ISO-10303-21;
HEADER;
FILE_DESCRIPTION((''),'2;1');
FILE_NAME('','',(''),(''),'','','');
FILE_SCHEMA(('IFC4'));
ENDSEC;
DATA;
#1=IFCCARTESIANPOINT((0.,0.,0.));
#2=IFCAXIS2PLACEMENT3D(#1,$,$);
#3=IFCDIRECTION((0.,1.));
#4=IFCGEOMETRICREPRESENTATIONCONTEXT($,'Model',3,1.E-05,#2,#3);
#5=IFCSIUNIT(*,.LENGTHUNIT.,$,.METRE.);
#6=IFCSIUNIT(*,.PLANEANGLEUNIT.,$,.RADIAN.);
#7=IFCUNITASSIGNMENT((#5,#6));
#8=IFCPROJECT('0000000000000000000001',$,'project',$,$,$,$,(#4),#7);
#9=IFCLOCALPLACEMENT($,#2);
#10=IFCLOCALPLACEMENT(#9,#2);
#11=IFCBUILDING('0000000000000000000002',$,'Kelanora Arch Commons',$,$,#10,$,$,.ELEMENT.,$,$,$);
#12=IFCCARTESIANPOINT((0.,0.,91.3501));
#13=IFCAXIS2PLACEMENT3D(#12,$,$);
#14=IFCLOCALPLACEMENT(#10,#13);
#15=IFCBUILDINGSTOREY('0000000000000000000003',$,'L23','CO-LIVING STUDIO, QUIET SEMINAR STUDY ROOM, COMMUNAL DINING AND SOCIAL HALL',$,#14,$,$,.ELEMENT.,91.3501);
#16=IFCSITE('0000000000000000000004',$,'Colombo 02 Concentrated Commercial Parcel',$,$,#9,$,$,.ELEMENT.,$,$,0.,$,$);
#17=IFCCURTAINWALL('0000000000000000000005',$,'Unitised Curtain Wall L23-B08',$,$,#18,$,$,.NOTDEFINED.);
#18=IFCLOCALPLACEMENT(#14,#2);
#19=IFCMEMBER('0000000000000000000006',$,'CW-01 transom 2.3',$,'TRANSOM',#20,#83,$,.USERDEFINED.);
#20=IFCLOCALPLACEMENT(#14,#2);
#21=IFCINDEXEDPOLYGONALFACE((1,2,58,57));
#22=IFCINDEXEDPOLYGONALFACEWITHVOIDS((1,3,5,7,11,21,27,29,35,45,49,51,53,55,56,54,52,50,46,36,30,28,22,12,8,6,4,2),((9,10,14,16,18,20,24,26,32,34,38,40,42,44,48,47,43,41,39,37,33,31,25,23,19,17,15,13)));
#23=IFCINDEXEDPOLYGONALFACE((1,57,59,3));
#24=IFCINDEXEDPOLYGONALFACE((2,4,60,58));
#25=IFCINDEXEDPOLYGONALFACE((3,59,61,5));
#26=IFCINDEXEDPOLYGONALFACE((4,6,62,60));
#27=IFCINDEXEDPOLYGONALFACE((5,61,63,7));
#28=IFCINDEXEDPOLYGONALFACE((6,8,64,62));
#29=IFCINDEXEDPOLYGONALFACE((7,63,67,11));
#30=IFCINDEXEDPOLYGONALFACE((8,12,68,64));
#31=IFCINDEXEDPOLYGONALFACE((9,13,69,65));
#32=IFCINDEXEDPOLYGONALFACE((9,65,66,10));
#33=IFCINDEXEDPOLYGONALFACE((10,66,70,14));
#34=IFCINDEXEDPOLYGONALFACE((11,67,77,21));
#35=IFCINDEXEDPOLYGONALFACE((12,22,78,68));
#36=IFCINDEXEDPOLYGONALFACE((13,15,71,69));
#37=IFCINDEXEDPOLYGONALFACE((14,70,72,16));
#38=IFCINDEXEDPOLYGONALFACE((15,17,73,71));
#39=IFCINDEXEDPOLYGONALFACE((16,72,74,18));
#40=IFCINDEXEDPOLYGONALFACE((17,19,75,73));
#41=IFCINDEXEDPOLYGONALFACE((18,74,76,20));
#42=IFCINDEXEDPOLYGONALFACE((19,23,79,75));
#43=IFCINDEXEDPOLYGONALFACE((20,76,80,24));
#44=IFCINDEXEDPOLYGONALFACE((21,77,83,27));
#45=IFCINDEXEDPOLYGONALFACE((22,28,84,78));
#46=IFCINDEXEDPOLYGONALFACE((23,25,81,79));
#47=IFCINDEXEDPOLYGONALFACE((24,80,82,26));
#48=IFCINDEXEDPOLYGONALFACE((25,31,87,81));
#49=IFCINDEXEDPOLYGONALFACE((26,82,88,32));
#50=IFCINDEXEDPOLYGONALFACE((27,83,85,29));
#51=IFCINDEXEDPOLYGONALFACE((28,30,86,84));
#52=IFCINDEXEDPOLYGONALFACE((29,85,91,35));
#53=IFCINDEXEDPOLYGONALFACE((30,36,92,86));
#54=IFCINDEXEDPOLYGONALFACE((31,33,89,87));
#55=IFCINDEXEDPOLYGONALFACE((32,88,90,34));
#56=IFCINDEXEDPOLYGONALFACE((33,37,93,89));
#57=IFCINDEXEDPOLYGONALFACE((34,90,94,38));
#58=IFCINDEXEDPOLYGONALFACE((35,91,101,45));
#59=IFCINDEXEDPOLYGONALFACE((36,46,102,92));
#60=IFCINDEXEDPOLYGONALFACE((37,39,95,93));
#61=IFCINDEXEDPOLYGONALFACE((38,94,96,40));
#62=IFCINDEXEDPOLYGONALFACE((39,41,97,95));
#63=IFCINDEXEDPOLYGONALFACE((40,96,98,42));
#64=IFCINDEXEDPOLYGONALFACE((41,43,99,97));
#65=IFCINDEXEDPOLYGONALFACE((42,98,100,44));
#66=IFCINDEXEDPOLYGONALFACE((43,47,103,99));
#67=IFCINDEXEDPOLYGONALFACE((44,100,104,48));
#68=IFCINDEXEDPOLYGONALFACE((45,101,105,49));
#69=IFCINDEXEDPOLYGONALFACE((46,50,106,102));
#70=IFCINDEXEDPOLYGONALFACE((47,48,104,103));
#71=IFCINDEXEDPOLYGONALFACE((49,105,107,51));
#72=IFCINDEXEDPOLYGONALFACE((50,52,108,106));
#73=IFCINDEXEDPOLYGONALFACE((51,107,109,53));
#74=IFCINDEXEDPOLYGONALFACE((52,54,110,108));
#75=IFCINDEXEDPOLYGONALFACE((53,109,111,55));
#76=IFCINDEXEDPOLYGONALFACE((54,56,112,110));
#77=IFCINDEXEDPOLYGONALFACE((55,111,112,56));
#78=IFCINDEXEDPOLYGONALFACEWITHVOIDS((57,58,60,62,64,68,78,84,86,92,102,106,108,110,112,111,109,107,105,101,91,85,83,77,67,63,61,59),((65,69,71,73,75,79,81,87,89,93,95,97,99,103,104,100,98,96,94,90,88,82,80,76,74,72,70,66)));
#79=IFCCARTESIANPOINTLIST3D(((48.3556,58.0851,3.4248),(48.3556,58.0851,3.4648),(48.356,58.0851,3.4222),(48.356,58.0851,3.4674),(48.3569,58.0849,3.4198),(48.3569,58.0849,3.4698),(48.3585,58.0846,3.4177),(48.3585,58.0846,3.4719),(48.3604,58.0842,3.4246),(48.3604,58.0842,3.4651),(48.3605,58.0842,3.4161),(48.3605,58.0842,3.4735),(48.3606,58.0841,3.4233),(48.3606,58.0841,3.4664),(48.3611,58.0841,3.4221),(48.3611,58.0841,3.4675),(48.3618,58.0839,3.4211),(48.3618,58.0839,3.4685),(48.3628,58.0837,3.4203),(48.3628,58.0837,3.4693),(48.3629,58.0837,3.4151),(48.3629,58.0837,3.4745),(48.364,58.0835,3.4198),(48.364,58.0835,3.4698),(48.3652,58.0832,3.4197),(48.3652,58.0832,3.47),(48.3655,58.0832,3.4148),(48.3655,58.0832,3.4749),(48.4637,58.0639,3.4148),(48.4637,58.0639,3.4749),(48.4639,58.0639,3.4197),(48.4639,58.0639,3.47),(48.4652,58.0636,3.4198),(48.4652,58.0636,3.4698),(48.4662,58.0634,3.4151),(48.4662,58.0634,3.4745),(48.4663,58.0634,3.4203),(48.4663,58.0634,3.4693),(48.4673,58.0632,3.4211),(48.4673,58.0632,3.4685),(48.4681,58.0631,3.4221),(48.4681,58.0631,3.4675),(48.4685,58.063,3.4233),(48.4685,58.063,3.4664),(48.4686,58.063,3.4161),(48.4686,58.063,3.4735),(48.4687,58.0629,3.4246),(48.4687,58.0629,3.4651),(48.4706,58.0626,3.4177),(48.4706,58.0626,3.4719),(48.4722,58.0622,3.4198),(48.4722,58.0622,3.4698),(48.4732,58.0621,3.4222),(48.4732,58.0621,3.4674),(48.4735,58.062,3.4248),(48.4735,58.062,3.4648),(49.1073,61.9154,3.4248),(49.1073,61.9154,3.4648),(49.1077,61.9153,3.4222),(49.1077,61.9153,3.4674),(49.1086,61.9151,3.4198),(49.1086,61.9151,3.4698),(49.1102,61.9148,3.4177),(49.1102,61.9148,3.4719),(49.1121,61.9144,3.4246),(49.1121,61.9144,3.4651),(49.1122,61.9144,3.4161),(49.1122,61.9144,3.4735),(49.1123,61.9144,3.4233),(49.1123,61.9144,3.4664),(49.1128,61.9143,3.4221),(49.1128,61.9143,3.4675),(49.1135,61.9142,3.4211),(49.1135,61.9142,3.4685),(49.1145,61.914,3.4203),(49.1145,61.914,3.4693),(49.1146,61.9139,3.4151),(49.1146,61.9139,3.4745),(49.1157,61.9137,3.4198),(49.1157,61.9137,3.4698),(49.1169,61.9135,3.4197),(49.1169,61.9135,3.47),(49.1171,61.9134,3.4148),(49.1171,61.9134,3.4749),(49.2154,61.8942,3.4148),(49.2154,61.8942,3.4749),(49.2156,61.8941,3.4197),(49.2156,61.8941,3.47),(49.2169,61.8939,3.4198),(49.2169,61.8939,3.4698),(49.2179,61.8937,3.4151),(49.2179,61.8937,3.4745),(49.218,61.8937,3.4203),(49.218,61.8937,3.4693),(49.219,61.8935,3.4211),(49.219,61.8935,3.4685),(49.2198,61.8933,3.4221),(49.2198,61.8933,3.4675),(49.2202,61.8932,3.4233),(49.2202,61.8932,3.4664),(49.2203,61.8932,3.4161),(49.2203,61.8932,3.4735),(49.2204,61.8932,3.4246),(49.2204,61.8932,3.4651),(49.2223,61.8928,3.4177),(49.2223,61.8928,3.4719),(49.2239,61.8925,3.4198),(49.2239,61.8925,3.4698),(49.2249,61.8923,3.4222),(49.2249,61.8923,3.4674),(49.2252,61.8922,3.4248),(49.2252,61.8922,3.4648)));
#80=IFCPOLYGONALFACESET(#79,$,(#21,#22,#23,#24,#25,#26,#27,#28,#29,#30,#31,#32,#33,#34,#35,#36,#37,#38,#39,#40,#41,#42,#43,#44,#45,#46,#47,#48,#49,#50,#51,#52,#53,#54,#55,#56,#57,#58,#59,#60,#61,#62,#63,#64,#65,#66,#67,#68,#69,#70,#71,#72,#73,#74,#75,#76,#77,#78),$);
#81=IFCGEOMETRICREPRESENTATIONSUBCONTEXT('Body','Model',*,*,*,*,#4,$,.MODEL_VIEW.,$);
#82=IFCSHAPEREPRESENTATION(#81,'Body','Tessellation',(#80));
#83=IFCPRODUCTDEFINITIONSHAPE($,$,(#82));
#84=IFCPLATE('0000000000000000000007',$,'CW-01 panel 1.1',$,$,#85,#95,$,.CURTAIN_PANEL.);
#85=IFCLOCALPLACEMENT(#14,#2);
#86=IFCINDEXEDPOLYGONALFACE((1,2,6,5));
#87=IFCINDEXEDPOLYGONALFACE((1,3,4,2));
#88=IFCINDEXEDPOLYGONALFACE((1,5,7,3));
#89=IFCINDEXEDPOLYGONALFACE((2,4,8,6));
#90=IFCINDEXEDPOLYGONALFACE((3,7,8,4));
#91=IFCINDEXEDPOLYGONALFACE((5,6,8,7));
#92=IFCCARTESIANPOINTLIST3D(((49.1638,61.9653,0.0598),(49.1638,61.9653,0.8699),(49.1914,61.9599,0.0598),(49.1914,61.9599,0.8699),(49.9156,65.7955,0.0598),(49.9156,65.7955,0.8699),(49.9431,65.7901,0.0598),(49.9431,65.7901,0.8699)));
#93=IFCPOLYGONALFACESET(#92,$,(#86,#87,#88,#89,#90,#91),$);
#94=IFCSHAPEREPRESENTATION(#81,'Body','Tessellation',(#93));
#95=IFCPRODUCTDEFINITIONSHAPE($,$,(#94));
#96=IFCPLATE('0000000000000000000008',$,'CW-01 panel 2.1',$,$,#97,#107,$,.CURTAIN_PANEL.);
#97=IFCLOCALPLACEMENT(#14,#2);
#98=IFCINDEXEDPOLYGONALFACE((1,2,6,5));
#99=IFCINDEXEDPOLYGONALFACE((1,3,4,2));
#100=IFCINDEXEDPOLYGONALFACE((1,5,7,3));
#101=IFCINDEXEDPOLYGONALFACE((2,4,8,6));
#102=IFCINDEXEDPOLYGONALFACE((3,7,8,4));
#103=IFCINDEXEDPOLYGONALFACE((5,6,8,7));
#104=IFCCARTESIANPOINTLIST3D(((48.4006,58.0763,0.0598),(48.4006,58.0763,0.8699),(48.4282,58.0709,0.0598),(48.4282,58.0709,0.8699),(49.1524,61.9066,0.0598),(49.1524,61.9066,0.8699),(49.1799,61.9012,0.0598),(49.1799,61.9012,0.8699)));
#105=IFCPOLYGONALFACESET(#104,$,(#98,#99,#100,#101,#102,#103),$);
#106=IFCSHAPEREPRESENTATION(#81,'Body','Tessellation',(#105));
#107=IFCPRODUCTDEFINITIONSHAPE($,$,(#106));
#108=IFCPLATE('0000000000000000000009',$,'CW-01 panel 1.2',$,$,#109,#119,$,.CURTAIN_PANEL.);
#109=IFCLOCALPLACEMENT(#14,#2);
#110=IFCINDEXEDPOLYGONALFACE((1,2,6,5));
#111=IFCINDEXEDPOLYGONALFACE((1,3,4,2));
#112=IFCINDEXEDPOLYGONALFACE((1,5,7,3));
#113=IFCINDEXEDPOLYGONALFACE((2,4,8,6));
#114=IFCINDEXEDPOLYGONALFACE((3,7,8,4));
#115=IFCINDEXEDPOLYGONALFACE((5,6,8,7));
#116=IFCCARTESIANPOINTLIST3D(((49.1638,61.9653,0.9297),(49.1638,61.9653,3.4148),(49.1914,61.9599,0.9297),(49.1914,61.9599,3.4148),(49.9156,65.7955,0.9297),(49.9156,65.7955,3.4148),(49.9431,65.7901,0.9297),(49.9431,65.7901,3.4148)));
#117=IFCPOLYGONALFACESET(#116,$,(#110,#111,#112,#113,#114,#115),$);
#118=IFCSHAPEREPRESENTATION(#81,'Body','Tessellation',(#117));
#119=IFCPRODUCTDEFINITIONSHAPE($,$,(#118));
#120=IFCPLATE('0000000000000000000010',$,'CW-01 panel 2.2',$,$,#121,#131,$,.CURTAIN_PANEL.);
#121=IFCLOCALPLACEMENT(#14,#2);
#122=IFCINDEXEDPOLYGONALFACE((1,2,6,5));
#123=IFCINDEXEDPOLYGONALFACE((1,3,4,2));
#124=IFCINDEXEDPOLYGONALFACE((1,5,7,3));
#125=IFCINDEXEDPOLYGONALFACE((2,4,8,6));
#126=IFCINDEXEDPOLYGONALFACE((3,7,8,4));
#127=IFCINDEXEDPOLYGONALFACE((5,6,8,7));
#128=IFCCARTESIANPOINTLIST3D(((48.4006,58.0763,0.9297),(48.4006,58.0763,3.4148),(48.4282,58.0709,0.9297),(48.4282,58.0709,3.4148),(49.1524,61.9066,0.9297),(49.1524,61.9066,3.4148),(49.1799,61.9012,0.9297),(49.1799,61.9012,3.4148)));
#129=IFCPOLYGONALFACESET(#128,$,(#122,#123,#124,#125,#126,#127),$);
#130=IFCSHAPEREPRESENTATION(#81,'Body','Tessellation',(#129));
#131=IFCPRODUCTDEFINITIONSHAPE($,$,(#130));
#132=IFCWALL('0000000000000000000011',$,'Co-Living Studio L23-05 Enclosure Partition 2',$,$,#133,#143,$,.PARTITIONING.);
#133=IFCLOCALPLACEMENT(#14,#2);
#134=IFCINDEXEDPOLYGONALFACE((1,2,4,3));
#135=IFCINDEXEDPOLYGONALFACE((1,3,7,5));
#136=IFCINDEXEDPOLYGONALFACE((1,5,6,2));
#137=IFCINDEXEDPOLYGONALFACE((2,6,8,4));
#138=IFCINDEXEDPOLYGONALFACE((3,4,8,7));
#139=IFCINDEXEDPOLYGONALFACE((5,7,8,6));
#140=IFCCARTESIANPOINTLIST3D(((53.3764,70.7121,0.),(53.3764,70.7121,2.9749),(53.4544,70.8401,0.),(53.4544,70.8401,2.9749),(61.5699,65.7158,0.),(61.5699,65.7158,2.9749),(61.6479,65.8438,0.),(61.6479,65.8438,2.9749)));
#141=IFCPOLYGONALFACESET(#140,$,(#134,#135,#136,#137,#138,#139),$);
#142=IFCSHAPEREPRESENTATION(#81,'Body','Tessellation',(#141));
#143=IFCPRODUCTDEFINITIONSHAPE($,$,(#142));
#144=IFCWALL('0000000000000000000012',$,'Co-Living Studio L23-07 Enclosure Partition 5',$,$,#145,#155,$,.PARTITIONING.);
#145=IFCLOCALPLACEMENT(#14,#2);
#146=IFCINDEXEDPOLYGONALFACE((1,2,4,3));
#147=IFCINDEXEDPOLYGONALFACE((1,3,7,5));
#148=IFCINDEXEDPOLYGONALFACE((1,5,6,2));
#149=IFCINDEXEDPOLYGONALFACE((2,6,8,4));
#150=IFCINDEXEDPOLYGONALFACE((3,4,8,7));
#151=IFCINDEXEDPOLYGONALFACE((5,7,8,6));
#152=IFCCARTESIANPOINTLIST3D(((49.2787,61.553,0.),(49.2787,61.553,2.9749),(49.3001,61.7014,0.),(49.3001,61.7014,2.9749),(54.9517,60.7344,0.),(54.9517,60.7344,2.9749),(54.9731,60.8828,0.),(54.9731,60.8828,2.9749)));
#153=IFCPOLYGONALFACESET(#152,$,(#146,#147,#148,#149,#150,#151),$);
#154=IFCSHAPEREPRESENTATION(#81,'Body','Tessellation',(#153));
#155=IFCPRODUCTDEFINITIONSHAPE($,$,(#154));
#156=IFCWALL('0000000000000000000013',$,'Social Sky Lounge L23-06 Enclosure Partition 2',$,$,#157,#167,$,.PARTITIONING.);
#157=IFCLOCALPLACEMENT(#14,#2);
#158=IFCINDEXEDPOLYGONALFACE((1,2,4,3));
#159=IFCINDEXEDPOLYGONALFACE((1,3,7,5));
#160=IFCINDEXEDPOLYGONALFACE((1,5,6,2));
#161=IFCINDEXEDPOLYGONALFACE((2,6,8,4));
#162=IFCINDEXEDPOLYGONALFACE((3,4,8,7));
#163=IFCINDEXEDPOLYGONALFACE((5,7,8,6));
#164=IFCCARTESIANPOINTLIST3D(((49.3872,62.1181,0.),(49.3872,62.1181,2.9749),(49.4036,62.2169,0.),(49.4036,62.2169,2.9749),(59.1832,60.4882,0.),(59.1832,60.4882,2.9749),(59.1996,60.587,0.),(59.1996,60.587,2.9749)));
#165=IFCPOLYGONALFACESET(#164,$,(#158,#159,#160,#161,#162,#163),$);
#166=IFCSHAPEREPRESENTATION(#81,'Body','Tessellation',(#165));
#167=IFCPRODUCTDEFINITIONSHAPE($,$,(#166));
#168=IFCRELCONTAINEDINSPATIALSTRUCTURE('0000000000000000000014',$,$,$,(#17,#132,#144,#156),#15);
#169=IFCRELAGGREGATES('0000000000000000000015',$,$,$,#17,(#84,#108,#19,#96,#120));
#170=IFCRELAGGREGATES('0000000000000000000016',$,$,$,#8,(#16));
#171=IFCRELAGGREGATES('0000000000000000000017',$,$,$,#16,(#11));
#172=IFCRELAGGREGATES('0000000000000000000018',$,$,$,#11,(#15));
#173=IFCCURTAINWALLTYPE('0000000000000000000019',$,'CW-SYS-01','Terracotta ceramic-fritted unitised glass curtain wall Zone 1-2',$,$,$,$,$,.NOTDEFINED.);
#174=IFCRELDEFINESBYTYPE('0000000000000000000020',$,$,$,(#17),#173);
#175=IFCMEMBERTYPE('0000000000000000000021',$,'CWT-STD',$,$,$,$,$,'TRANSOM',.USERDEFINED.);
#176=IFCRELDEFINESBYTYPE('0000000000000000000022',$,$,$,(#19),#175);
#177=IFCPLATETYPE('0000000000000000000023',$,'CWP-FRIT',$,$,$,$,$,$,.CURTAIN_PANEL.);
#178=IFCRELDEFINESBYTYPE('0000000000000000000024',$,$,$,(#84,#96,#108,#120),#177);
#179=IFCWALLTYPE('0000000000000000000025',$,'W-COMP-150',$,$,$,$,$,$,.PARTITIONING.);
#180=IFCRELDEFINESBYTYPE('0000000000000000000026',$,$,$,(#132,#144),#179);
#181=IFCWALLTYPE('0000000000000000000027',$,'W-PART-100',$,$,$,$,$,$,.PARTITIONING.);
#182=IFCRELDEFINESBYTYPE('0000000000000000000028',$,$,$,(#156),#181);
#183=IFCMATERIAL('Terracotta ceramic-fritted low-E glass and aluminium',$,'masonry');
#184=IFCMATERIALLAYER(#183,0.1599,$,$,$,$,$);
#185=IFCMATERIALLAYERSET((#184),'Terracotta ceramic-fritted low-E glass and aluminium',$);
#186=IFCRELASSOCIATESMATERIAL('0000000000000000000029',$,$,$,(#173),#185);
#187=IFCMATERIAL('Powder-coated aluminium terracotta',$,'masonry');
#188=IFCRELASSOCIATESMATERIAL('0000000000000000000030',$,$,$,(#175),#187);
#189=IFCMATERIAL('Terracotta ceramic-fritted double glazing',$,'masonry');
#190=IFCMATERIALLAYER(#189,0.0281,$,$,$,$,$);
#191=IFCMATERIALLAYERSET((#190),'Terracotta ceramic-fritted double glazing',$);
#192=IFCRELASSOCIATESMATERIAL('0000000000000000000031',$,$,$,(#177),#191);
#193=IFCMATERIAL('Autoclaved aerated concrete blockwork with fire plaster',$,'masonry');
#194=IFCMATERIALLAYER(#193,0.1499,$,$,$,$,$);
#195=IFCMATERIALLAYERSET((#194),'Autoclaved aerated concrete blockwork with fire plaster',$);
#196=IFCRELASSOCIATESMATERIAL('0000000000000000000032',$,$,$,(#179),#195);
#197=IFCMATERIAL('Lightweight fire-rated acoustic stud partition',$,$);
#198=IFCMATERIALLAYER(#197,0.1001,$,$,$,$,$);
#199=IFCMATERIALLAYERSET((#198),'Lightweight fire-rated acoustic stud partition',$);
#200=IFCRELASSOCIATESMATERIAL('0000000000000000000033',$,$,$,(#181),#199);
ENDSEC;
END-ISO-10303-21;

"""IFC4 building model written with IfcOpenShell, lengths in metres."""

from ifc_helpers import new_model, si_unit, direction, frame, frame_2d, origin, origin_2d, place, context, subcontext, project, spatial, rectangle, hollow_rectangle, extrude, source, transform, mapped, material, layer, layer_set, material_profile, profile_set, type_object, element, aggregate, save


model = new_model("IFC4")

# Units and contexts
model_context = context("Model", 3, precision=1e-05, world=origin(), true_north=direction((0.0, 1.0)))
body_context = subcontext(model_context, "Body", "Model", "MODEL_VIEW")
ifc_project = project(units=[si_unit("LENGTHUNIT", "METRE"), si_unit("PLANEANGLEUNIT", "RADIAN")], contexts=[model_context])

# Site, building, storey
site_placement = place(None, origin())
site = spatial("IfcSite", under=ifc_project, at=site_placement, Name="Colombo 02 Concentrated Commercial Parcel", CompositionType="ELEMENT", RefElevation=0.0)
building_placement = place(site_placement, origin())
building = spatial("IfcBuilding", under=site, at=building_placement, Name="Kelanora Arch Commons", CompositionType="ELEMENT")
storey_placement = place(building_placement, frame((0.0, 0.0, 91.3501)))
storey = spatial("IfcBuildingStorey", under=building, at=storey_placement, Name="L23", Description="CO-LIVING STUDIO, QUIET SEMINAR STUDY ROOM, COMMUNAL DINING AND SOCIAL HALL", CompositionType="ELEMENT", Elevation=91.3501)

# Curtain wall, member, plates
ifc_material_1 = material(Name="Terracotta ceramic-fritted low-E glass and aluminium", Category="masonry")
ifc_layer_1 = layer(ifc_material_1, 0.1599)
ifc_layer_set_1 = layer_set([ifc_layer_1], Name="Terracotta ceramic-fritted low-E glass and aluminium")
curtain_wall_type = type_object("IfcCurtainWallType", Name="CW-SYS-01", Description="Terracotta ceramic-fritted unitised glass curtain wall Zone 1-2", PredefinedType="NOTDEFINED", material=ifc_layer_set_1)
curtain_wall_placement = place(storey_placement, origin())
curtain_wall = element("IfcCurtainWall", 1, at=curtain_wall_placement, inside=storey, type_object=curtain_wall_type, Name="Unitised Curtain Wall L23-B08", PredefinedType="NOTDEFINED")
ifc_material_2 = material(Name="Powder-coated aluminium terracotta", Category="masonry")
ifc_material_profile_1 = material_profile(ifc_material_2, hollow_rectangle(XDim=0.1201, YDim=0.0601, WallThickness=0.0049, InnerFilletRadius=0.0049, OuterFilletRadius=0.01, at=origin_2d()), Name="CWT120x60")
ifc_profile_set_1 = profile_set([ifc_material_profile_1], Name="Powder-coated aluminium terracotta")
member_type_1 = type_object("IfcMemberType", Name="CWT-STD", ElementType="TRANSOM", PredefinedType="USERDEFINED", material=ifc_profile_set_1)
member_1_placement = place(storey_placement, frame((49.1663, 61.9038, 3.4448), z_axis=(-0.192579, -0.981282, 0.0), x_axis=(0.981282, -0.192579, 0.0)))
member_1 = element("IfcMember", 2, at=member_1_placement, type_object=member_type_1, Name="CW-01 transom 2.3", ObjectType="TRANSOM", PredefinedType="USERDEFINED", context=body_context, shape_type="SweptSolid", body=[
    extrude(hollow_rectangle(XDim=0.1201, YDim=0.0601, WallThickness=0.0049, InnerFilletRadius=0.0049, OuterFilletRadius=0.01, at=origin_2d()), origin(), (0.0, 0.0, 1.0), 3.9033),
])
ifc_material_3 = material(Name="Terracotta ceramic-fritted double glazing", Category="masonry")
ifc_layer_2 = layer(ifc_material_3, 0.0281)
ifc_layer_set_2 = layer_set([ifc_layer_2], Name="Terracotta ceramic-fritted double glazing")
plate_type = type_object("IfcPlateType", Name="CWP-FRIT", PredefinedType="CURTAIN_PANEL", material=ifc_layer_set_2)
shared_shape_1 = source(origin(), body_context, "Body", "SweptSolid", [
    extrude(rectangle(XDim=3.9033, YDim=0.0281, at=origin_2d()), origin(), (0.0, 0.0, 1.0), 0.8101),
])
plate_1_placement = place(storey_placement, frame((49.5535, 63.8777, 0.0598), z_axis=(0.0, 0.0, 1.0), x_axis=(-0.192585, -0.98128, 0.0)))
plate_1 = element("IfcPlate", 3, at=plate_1_placement, type_object=plate_type, Name="CW-01 panel 1.1", PredefinedType="CURTAIN_PANEL", context=body_context, shape_type="MappedRepresentation", body=[
    mapped(shared_shape_1, transform((0.0, 0.0, 0.0), scale=1.0)),
])
plate_2_placement = place(storey_placement, frame((48.7903, 59.9888, 0.0598), z_axis=(0.0, 0.0, 1.0), x_axis=(-0.192585, -0.98128, 0.0)))
plate_2 = element("IfcPlate", 4, at=plate_2_placement, type_object=plate_type, Name="CW-01 panel 2.1", PredefinedType="CURTAIN_PANEL", context=body_context, shape_type="MappedRepresentation", body=[
    mapped(shared_shape_1, transform((0.0, 0.0, 0.0), scale=1.0)),
])
shared_shape_2 = source(origin(), body_context, "Body", "SweptSolid", [
    extrude(rectangle(XDim=3.9033, YDim=0.0281, at=origin_2d()), origin(), (0.0, 0.0, 1.0), 2.4851),
])
plate_3_placement = place(storey_placement, frame((49.5535, 63.8777, 0.9297), z_axis=(0.0, 0.0, 1.0), x_axis=(-0.192585, -0.98128, 0.0)))
plate_3 = element("IfcPlate", 5, at=plate_3_placement, type_object=plate_type, Name="CW-01 panel 1.2", PredefinedType="CURTAIN_PANEL", context=body_context, shape_type="MappedRepresentation", body=[
    mapped(shared_shape_2, transform((0.0, 0.0, 0.0), scale=1.0)),
])
plate_4_placement = place(storey_placement, frame((48.7903, 59.9888, 0.9297), z_axis=(0.0, 0.0, 1.0), x_axis=(-0.192585, -0.98128, 0.0)))
plate_4 = element("IfcPlate", 6, at=plate_4_placement, type_object=plate_type, Name="CW-01 panel 2.2", PredefinedType="CURTAIN_PANEL", context=body_context, shape_type="MappedRepresentation", body=[
    mapped(shared_shape_2, transform((0.0, 0.0, 0.0), scale=1.0)),
])
aggregate(curtain_wall, [plate_1, plate_3, member_1, plate_2, plate_4])

# Walls
ifc_material_4 = material(Name="Autoclaved aerated concrete blockwork with fire plaster", Category="masonry")
ifc_layer_3 = layer(ifc_material_4, 0.1499)
ifc_layer_set_3 = layer_set([ifc_layer_3], Name="Autoclaved aerated concrete blockwork with fire plaster")
wall_type_1 = type_object("IfcWallType", Name="W-COMP-150", PredefinedType="PARTITIONING", material=ifc_layer_set_3)
wall_1_placement = place(storey_placement, frame((61.6089, 65.7798, 0.0), z_axis=(0.0, 0.0, 1.0), x_axis=(-0.853785, 0.520626, 0.0)))
element("IfcWall", 7, at=wall_1_placement, inside=storey, type_object=wall_type_1, Name="Co-Living Studio L23-05 Enclosure Partition 2", PredefinedType="PARTITIONING", context=body_context, shape_type="SweptSolid", body=[
    extrude(rectangle(XDim=9.5967, YDim=0.1499, at=frame_2d((4.7983, 0.0))), origin(), (0.0, 0.0, 1.0), 2.9749),
])
wall_2_placement = place(storey_placement, frame((49.2896, 61.6272, 0.0), z_axis=(0.0, 0.0, 1.0), x_axis=(0.989748, -0.142823, 0.0)))
element("IfcWall", 8, at=wall_2_placement, inside=storey, type_object=wall_type_1, Name="Co-Living Studio L23-07 Enclosure Partition 5", PredefinedType="PARTITIONING", context=body_context, shape_type="SweptSolid", body=[
    extrude(rectangle(XDim=5.7317, YDim=0.1499, at=frame_2d((2.8657, 0.0))), origin(), (0.0, 0.0, 1.0), 2.9749),
])
ifc_material_5 = material(Name="Lightweight fire-rated acoustic stud partition")
ifc_layer_4 = layer(ifc_material_5, 0.1001)
ifc_layer_set_4 = layer_set([ifc_layer_4], Name="Lightweight fire-rated acoustic stud partition")
wall_type_2 = type_object("IfcWallType", Name="W-PART-100", PredefinedType="PARTITIONING", material=ifc_layer_set_4)
wall_3_placement = place(storey_placement, frame((59.1914, 60.5376, 0.0), z_axis=(0.0, 0.0, 1.0), x_axis=(-0.986439, 0.164128, 0.0)))
element("IfcWall", 9, at=wall_3_placement, inside=storey, type_object=wall_type_2, Name="Social Sky Lounge L23-06 Enclosure Partition 2", PredefinedType="PARTITIONING", context=body_context, shape_type="SweptSolid", body=[
    extrude(rectangle(XDim=9.9307, YDim=0.1001, at=frame_2d((4.9653, 0.0))), origin(), (0.0, 0.0, 1.0), 2.9749),
])

save(model, "model.ifc")
